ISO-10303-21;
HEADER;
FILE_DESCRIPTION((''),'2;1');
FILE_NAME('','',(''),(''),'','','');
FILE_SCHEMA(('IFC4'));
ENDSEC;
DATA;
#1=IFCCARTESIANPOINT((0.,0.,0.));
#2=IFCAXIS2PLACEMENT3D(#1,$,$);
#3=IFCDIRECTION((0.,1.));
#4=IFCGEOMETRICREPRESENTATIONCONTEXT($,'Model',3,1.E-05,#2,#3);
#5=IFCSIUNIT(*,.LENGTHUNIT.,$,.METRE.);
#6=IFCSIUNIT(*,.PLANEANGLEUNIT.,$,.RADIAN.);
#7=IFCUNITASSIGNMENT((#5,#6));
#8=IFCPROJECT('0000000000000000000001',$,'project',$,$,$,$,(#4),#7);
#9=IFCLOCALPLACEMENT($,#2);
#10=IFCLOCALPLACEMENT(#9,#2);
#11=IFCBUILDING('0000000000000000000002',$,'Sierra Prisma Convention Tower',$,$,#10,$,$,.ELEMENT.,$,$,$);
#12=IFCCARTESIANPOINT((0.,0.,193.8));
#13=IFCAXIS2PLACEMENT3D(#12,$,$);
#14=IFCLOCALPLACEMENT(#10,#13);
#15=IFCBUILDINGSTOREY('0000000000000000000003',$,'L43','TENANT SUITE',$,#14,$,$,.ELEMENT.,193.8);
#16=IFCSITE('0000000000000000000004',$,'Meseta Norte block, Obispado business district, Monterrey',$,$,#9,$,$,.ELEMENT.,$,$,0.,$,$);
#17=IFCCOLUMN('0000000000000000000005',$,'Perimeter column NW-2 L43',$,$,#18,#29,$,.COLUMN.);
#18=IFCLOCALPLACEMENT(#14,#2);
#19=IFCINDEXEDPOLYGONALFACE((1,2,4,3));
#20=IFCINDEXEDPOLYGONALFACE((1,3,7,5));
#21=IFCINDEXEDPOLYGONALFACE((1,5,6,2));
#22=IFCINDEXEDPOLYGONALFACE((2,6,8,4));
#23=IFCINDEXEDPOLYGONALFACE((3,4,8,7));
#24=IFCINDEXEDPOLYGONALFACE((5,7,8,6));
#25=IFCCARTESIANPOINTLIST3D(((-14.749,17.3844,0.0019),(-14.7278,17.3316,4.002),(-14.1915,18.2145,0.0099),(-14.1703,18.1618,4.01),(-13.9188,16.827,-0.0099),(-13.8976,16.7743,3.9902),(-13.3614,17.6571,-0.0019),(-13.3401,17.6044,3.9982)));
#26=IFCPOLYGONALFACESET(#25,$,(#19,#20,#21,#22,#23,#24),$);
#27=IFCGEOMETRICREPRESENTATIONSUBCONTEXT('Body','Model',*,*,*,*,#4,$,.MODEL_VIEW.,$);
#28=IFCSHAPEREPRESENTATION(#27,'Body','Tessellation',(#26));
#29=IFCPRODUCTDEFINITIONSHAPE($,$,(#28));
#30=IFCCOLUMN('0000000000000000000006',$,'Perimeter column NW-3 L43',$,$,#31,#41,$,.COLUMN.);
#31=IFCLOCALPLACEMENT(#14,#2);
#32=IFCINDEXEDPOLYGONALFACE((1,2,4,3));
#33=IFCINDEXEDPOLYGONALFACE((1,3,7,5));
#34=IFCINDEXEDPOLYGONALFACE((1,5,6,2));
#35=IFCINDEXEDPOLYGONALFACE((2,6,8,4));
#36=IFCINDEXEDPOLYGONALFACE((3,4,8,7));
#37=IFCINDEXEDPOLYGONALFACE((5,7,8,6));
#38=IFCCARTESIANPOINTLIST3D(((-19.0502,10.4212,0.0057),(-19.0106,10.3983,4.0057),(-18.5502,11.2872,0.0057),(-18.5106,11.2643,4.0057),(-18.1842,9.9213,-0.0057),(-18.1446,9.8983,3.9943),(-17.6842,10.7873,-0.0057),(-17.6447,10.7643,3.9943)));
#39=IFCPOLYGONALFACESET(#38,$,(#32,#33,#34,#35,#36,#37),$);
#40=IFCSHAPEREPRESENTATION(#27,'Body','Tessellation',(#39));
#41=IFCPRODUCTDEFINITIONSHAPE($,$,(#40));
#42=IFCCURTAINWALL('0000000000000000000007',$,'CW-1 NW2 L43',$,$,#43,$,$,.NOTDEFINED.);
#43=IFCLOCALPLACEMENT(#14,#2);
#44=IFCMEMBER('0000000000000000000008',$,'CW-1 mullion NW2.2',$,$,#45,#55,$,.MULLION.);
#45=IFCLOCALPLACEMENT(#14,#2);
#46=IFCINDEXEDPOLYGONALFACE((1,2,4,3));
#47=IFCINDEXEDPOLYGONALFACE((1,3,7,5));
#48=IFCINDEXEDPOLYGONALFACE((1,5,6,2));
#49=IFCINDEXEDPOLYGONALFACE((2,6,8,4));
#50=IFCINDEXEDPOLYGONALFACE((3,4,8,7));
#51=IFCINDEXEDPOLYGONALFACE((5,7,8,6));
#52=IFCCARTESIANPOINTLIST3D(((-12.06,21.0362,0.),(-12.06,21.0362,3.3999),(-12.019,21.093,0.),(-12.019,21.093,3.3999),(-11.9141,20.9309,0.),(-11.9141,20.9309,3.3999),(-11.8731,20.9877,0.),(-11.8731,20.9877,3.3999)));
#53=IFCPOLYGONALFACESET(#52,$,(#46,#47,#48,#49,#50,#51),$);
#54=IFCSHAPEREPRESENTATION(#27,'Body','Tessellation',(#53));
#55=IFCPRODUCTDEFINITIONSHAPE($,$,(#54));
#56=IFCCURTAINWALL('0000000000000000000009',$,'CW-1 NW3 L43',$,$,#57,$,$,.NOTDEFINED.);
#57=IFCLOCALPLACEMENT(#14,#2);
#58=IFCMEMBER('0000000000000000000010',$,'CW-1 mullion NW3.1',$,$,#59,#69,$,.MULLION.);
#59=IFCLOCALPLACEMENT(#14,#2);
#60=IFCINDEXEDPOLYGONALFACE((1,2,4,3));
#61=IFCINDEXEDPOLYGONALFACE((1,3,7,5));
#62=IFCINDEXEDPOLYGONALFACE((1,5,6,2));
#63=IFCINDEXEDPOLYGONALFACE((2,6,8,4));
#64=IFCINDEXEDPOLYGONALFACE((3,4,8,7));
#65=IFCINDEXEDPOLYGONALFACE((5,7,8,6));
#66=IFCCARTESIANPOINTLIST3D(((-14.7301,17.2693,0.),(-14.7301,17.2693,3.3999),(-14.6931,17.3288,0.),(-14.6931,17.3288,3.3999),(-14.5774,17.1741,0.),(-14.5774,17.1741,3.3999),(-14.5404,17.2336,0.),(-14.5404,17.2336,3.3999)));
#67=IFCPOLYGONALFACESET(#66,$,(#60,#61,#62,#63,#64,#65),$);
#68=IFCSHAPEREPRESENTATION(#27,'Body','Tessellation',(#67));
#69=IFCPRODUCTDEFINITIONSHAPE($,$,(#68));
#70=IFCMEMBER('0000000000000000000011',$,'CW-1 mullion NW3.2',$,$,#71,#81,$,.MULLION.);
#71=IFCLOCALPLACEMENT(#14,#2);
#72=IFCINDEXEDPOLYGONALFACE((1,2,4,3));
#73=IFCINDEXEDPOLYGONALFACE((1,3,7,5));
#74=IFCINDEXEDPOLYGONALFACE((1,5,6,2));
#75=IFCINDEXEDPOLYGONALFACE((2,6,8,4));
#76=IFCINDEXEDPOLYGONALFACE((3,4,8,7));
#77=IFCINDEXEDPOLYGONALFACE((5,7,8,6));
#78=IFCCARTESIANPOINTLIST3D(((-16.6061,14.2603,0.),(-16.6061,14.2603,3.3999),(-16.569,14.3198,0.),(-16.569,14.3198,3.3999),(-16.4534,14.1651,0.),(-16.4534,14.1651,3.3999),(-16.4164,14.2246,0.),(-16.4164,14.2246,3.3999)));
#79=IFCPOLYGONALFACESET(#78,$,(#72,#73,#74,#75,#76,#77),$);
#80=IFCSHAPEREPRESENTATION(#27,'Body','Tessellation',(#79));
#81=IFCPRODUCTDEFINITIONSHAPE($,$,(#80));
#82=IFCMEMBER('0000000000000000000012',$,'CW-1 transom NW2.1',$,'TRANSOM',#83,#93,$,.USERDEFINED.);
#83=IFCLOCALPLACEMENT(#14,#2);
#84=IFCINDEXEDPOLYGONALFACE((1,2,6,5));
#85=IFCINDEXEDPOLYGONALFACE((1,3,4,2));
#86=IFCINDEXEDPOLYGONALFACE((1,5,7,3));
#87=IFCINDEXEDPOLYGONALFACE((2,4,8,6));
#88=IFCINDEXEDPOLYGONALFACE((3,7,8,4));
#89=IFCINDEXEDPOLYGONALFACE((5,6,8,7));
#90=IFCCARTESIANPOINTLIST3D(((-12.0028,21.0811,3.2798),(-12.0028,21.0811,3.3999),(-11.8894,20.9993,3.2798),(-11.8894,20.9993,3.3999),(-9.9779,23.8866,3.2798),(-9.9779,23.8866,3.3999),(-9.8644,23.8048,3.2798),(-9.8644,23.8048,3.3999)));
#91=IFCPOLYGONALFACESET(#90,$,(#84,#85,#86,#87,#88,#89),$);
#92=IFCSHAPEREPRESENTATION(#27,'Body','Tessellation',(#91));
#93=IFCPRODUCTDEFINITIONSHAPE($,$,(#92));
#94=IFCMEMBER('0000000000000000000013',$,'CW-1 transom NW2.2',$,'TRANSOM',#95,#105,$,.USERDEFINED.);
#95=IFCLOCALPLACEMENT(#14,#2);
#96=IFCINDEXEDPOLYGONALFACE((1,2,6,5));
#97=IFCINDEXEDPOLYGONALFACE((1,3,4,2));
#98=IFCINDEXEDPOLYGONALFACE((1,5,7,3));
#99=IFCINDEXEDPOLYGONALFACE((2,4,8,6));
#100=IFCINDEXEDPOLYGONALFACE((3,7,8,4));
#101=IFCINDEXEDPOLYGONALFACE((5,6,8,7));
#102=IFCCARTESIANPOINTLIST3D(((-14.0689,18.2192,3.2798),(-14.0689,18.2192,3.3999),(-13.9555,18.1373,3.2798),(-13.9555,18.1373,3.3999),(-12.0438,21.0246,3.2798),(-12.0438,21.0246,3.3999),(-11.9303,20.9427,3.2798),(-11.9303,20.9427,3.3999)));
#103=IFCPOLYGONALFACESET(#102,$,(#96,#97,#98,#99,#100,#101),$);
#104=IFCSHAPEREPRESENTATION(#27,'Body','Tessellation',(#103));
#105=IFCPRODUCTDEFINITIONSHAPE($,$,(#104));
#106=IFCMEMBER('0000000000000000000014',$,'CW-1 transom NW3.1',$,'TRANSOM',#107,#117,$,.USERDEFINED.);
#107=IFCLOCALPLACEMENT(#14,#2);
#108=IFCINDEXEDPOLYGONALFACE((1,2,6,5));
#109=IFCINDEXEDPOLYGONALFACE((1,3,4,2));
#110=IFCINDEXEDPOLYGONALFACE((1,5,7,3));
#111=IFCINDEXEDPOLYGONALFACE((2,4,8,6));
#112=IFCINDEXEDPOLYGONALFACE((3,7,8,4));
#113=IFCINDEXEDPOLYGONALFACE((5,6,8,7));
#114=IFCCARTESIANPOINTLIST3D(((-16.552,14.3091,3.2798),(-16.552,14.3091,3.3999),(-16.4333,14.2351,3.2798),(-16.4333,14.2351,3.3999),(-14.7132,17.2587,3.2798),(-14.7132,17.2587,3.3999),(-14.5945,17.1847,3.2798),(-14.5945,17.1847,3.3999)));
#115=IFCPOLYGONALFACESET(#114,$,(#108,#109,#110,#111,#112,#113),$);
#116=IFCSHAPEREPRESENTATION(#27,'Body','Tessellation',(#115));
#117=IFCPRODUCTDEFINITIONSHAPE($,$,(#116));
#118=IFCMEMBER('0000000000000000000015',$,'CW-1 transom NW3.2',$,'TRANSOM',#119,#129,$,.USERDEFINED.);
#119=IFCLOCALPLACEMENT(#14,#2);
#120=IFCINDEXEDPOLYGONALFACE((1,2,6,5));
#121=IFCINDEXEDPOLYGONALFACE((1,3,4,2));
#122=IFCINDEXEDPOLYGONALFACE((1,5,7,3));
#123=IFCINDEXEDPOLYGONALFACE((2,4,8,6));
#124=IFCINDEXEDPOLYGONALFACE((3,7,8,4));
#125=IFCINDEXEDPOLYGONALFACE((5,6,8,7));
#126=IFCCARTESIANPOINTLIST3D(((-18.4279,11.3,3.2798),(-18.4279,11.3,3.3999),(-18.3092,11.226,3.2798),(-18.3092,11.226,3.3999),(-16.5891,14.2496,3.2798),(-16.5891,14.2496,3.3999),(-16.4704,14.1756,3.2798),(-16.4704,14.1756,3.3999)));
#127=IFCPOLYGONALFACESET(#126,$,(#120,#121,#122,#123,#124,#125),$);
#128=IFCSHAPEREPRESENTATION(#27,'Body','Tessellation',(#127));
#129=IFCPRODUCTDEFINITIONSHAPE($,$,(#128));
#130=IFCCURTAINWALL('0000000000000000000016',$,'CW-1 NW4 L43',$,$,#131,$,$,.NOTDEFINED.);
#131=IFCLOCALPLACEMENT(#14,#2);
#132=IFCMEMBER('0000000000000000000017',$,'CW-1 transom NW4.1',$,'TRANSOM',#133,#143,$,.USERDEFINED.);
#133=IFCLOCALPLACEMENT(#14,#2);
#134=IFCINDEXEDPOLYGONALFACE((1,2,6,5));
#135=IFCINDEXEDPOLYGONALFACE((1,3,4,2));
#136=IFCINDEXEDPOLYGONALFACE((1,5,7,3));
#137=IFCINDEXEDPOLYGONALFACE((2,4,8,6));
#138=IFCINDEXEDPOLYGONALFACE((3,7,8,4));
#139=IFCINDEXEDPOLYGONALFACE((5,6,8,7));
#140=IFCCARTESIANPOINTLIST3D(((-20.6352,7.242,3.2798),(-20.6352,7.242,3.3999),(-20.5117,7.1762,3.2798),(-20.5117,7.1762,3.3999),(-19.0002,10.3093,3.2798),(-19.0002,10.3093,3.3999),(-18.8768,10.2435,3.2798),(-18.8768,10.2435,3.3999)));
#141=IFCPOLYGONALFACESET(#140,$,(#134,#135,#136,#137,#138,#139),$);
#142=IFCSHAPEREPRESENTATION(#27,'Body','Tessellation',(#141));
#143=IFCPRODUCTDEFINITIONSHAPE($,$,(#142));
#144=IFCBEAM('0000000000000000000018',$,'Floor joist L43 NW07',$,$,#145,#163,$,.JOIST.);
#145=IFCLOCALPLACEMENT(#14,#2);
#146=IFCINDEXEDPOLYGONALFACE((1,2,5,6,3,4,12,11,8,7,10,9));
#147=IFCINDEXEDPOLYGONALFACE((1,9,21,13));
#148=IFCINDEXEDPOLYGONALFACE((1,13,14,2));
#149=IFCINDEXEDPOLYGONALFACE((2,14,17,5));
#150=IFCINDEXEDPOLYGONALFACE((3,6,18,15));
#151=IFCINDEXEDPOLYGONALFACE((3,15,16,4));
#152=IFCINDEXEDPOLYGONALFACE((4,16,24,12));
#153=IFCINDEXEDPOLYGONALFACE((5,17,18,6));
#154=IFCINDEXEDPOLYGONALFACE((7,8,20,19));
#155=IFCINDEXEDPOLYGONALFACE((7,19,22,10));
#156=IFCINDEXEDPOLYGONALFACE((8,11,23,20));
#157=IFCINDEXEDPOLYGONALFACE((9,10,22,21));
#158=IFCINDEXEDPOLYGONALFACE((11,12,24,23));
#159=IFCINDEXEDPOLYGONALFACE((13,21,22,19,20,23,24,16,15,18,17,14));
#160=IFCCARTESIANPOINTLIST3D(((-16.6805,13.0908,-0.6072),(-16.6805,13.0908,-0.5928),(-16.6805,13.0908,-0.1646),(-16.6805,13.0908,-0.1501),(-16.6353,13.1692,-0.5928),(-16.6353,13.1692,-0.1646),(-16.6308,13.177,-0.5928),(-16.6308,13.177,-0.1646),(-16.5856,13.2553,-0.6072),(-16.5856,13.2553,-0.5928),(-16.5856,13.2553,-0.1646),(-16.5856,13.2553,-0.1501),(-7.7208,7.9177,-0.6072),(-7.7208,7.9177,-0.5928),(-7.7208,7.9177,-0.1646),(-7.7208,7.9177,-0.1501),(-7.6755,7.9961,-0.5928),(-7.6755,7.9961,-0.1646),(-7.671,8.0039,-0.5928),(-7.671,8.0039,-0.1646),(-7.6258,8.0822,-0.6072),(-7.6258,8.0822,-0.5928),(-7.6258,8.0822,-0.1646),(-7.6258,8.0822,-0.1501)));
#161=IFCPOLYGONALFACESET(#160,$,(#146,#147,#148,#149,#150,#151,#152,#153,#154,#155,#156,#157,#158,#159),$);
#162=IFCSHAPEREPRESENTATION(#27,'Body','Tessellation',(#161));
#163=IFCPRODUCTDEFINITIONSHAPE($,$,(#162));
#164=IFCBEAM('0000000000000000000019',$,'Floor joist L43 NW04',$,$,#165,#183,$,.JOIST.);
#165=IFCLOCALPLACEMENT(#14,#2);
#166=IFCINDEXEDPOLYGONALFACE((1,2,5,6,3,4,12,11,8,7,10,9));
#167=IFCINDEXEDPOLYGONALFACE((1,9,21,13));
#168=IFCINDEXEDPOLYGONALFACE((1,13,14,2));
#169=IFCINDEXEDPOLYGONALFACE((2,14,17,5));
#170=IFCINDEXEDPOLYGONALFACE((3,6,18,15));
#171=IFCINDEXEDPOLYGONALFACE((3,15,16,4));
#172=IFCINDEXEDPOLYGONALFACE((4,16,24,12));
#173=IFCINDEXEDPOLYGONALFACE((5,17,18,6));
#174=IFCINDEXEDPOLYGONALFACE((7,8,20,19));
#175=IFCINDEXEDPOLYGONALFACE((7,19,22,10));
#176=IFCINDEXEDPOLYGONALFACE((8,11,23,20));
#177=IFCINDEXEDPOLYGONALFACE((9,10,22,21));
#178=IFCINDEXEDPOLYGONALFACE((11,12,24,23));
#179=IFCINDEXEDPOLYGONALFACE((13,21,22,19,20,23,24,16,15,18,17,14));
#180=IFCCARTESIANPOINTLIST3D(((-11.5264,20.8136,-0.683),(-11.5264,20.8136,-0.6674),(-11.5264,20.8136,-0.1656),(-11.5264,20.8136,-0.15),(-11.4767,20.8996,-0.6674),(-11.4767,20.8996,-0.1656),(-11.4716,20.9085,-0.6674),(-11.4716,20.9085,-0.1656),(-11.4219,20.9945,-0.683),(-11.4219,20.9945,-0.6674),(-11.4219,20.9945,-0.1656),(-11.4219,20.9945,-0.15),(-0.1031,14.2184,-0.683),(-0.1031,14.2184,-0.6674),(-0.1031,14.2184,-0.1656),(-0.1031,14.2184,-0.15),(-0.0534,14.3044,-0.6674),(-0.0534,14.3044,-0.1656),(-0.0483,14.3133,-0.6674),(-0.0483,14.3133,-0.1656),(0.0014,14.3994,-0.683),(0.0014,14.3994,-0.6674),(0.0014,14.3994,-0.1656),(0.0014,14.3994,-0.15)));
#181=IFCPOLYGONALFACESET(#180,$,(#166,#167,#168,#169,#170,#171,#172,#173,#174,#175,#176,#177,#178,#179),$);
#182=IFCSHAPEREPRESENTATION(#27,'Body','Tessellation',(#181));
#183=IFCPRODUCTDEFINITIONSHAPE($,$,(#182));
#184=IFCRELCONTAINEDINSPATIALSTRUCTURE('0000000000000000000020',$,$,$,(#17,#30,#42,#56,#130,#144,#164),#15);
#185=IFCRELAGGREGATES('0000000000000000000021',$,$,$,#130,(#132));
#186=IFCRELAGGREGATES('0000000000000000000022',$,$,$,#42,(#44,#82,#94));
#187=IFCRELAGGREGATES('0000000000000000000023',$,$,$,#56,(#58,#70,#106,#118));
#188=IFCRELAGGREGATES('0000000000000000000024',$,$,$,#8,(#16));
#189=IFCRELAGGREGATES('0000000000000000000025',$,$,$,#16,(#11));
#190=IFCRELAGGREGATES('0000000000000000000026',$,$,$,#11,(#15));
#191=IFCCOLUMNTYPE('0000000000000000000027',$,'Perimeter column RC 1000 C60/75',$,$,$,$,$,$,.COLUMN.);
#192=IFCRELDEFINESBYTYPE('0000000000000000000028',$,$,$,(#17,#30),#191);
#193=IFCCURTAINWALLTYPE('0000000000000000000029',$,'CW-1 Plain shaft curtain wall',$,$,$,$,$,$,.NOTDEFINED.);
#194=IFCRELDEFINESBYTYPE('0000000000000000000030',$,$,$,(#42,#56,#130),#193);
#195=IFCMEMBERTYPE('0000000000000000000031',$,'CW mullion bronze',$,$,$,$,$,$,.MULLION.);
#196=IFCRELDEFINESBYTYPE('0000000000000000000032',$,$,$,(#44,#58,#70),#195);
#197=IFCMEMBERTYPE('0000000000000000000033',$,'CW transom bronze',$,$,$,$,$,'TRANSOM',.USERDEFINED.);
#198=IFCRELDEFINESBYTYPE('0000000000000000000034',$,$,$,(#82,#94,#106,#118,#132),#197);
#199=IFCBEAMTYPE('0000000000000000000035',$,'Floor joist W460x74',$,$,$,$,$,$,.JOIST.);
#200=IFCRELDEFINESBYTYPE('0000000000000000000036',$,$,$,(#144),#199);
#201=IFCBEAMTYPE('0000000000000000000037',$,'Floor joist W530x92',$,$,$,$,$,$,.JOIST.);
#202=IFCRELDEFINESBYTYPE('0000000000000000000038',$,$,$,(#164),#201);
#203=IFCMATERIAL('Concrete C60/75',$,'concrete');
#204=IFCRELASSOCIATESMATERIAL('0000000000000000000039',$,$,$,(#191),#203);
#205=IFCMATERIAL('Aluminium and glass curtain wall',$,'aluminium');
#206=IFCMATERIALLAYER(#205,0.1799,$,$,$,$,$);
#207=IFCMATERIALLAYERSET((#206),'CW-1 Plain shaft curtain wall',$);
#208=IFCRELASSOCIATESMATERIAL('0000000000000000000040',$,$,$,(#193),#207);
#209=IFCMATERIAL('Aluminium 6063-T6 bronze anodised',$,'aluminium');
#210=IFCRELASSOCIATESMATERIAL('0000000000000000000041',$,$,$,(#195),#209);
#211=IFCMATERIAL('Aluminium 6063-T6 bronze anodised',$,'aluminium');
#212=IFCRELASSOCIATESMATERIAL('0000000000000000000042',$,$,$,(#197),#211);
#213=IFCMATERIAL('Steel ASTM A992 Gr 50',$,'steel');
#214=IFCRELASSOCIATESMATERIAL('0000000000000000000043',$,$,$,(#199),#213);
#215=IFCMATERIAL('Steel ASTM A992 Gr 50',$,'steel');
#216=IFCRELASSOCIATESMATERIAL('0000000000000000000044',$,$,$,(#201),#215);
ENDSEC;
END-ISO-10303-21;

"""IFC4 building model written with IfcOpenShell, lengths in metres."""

from ifc_helpers import new_model, si_unit, direction, frame, origin, origin_2d, place, context, subcontext, project, spatial, rectangle, i_section, extrude, material, layer, layer_set, material_profile, profile_set, type_object, element, aggregate, save


model = new_model("IFC4")

# Units and contexts
model_context = context("Model", 3, precision=1e-05, world=origin(), true_north=direction((0.0, 1.0)))
body_context = subcontext(model_context, "Body", "Model", "MODEL_VIEW")
ifc_project = project(units=[si_unit("LENGTHUNIT", "METRE"), si_unit("PLANEANGLEUNIT", "RADIAN")], contexts=[model_context])

# Site, building, storey
site_placement = place(None, origin())
site = spatial("IfcSite", under=ifc_project, at=site_placement, Name="Meseta Norte block, Obispado business district, Monterrey", CompositionType="ELEMENT", RefElevation=0.0)
building_placement = place(site_placement, origin())
building = spatial("IfcBuilding", under=site, at=building_placement, Name="Sierra Prisma Convention Tower", CompositionType="ELEMENT")
storey_placement = place(building_placement, frame((0.0, 0.0, 193.8)))
storey = spatial("IfcBuildingStorey", under=building, at=storey_placement, Name="L43", Description="TENANT SUITE", CompositionType="ELEMENT", Elevation=193.8)

# Columns
ifc_material_1 = material(Name="Concrete C60/75", Category="concrete")
ifc_material_profile_1 = material_profile(ifc_material_1, rectangle(XDim=1.0, YDim=1.0, at=origin_2d()), Name="Perimeter column RC 1000 C60/75")
ifc_profile_set_1 = profile_set([ifc_material_profile_1], Name="Concrete C60/75")
column_type = type_object("IfcColumnType", Name="Perimeter column RC 1000 C60/75", PredefinedType="COLUMN", material=ifc_profile_set_1)
column_1_placement = place(storey_placement, frame((-14.0552, 17.5208, 0.0), z_axis=(0.00531, -0.013182, 0.999899), x_axis=(0.557472, 0.830157, 0.007984)))
element("IfcColumn", 1, at=column_1_placement, inside=storey, type_object=column_type, Name="Perimeter column NW-2 L43", PredefinedType="COLUMN", context=body_context, shape_type="SweptSolid", body=[
    extrude(rectangle(XDim=1.0, YDim=1.0, at=origin_2d()), origin(), (0.0, 0.0, 1.0), 4.0005),
])
column_2_placement = place(storey_placement, frame((-18.3672, 10.6042, 0.0), z_axis=(0.009887, -0.005737, 0.999935), x_axis=(0.499976, 0.86604, 0.000025)))
element("IfcColumn", 2, at=column_2_placement, inside=storey, type_object=column_type, Name="Perimeter column NW-3 L43", PredefinedType="COLUMN", context=body_context, shape_type="SweptSolid", body=[
    extrude(rectangle(XDim=1.0, YDim=1.0, at=origin_2d()), origin(), (0.0, 0.0, 1.0), 4.0002),
])

# Curtain wall, member
ifc_material_2 = material(Name="Aluminium and glass curtain wall", Category="aluminium")
ifc_layer_1 = layer(ifc_material_2, 0.1799)
ifc_layer_set_1 = layer_set([ifc_layer_1], Name="CW-1 Plain shaft curtain wall")
curtain_wall_type = type_object("IfcCurtainWallType", Name="CW-1 Plain shaft curtain wall", PredefinedType="NOTDEFINED", material=ifc_layer_set_1)
curtain_wall_1_placement = place(storey_placement, origin())
curtain_wall_1 = element("IfcCurtainWall", 3, at=curtain_wall_1_placement, inside=storey, type_object=curtain_wall_type, Name="CW-1 NW2 L43", PredefinedType="NOTDEFINED")
ifc_material_3 = material(Name="Aluminium 6063-T6 bronze anodised", Category="aluminium")
ifc_material_profile_2 = material_profile(ifc_material_3, rectangle(XDim=0.1799, YDim=0.0701, at=origin_2d()), Name="ALU MULLION 70x180")
ifc_profile_set_2 = profile_set([ifc_material_profile_2], Name="Aluminium 6063-T6 bronze anodised")
member_type_1 = type_object("IfcMemberType", Name="CW mullion bronze", PredefinedType="MULLION", material=ifc_profile_set_2)
member_1_placement = place(storey_placement, frame((-11.9666, 21.012, 0.0), z_axis=(0.0, 0.0, 1.0), x_axis=(0.810833, -0.585277, 0.0)))
member_1 = element("IfcMember", 4, at=member_1_placement, type_object=member_type_1, Name="CW-1 mullion NW2.2", PredefinedType="MULLION", context=body_context, shape_type="SweptSolid", body=[
    extrude(rectangle(XDim=0.1799, YDim=0.0701, at=origin_2d()), origin(), (0.0, 0.0, 1.0), 3.3999),
])

# Curtain wall, members
curtain_wall_2_placement = place(storey_placement, origin())
curtain_wall_2 = element("IfcCurtainWall", 5, at=curtain_wall_2_placement, inside=storey, type_object=curtain_wall_type, Name="CW-1 NW3 L43", PredefinedType="NOTDEFINED")
member_2_placement = place(storey_placement, frame((-14.6353, 17.2515, 0.0), z_axis=(0.0, 0.0, 1.0), x_axis=(0.848595, -0.529044, 0.0)))
member_2 = element("IfcMember", 6, at=member_2_placement, type_object=member_type_1, Name="CW-1 mullion NW3.1", PredefinedType="MULLION", context=body_context, shape_type="SweptSolid", body=[
    extrude(rectangle(XDim=0.1799, YDim=0.0701, at=origin_2d()), origin(), (0.0, 0.0, 1.0), 3.3999),
])
member_3_placement = place(storey_placement, frame((-16.5112, 14.2424, 0.0), z_axis=(0.0, 0.0, 1.0), x_axis=(0.848595, -0.529044, 0.0)))
member_3 = element("IfcMember", 7, at=member_3_placement, type_object=member_type_1, Name="CW-1 mullion NW3.2", PredefinedType="MULLION", context=body_context, shape_type="SweptSolid", body=[
    extrude(rectangle(XDim=0.1799, YDim=0.0701, at=origin_2d()), origin(), (0.0, 0.0, 1.0), 3.3999),
])

# Members
ifc_material_4 = material(Name="Aluminium 6063-T6 bronze anodised", Category="aluminium")
ifc_material_profile_3 = material_profile(ifc_material_4, rectangle(XDim=0.1399, YDim=0.1201, at=origin_2d()), Name="ALU TRANSOM 120x140")
ifc_profile_set_3 = profile_set([ifc_material_profile_3], Name="Aluminium 6063-T6 bronze anodised")
member_type_2 = type_object("IfcMemberType", Name="CW transom bronze", ElementType="TRANSOM", PredefinedType="USERDEFINED", material=ifc_profile_set_3)
member_4_placement = place(storey_placement, frame((-9.9211, 23.8457, 3.3398), z_axis=(-0.585256, -0.810849, 0.0), x_axis=(0.810849, -0.585256, 0.0)))
member_4 = element("IfcMember", 8, at=member_4_placement, type_object=member_type_2, Name="CW-1 transom NW2.1", ObjectType="TRANSOM", PredefinedType="USERDEFINED", context=body_context, shape_type="SweptSolid", body=[
    extrude(rectangle(XDim=0.1399, YDim=0.1201, at=origin_2d()), origin(), (0.0, 0.0, 1.0), 3.46),
])
member_5_placement = place(storey_placement, frame((-11.9871, 20.9836, 3.3398), z_axis=(-0.585302, -0.810815, 0.0), x_axis=(0.810815, -0.585302, 0.0)))
member_5 = element("IfcMember", 9, at=member_5_placement, type_object=member_type_2, Name="CW-1 transom NW2.2", ObjectType="TRANSOM", PredefinedType="USERDEFINED", context=body_context, shape_type="SweptSolid", body=[
    extrude(rectangle(XDim=0.1399, YDim=0.1201, at=origin_2d()), origin(), (0.0, 0.0, 1.0), 3.46),
])
member_6_placement = place(storey_placement, frame((-14.6538, 17.2217, 3.3398), z_axis=(-0.529026, -0.848605, 0.0), x_axis=(0.848605, -0.529026, 0.0)))
member_6 = element("IfcMember", 10, at=member_6_placement, type_object=member_type_2, Name="CW-1 transom NW3.1", ObjectType="TRANSOM", PredefinedType="USERDEFINED", context=body_context, shape_type="SweptSolid", body=[
    extrude(rectangle(XDim=0.1399, YDim=0.1201, at=origin_2d()), origin(), (0.0, 0.0, 1.0), 3.4758),
])
member_7_placement = place(storey_placement, frame((-16.5298, 14.2126, 3.3398), z_axis=(-0.529026, -0.848605, 0.0), x_axis=(0.848605, -0.529026, 0.0)))
member_7 = element("IfcMember", 11, at=member_7_placement, type_object=member_type_2, Name="CW-1 transom NW3.2", ObjectType="TRANSOM", PredefinedType="USERDEFINED", context=body_context, shape_type="SweptSolid", body=[
    extrude(rectangle(XDim=0.1399, YDim=0.1201, at=origin_2d()), origin(), (0.0, 0.0, 1.0), 3.4758),
])

# Curtain wall, member
curtain_wall_3_placement = place(storey_placement, origin())
curtain_wall_3 = element("IfcCurtainWall", 12, at=curtain_wall_3_placement, inside=storey, type_object=curtain_wall_type, Name="CW-1 NW4 L43", PredefinedType="NOTDEFINED")
member_8_placement = place(storey_placement, frame((-18.9385, 10.2764, 3.3398), z_axis=(-0.47038, -0.882464, 0.0), x_axis=(0.882464, -0.47038, 0.0)))
member_8 = element("IfcMember", 13, at=member_8_placement, type_object=member_type_2, Name="CW-1 transom NW4.1", ObjectType="TRANSOM", PredefinedType="USERDEFINED", context=body_context, shape_type="SweptSolid", body=[
    extrude(rectangle(XDim=0.1399, YDim=0.1201, at=origin_2d()), origin(), (0.0, 0.0, 1.0), 3.4758),
])
aggregate(curtain_wall_3, [member_8])

# Beams
ifc_material_5 = material(Name="Steel ASTM A992 Gr 50", Category="steel")
ifc_material_profile_4 = material_profile(ifc_material_5, i_section(OverallWidth=0.1899, OverallDepth=0.457, WebThickness=0.009, FlangeThickness=0.0144, at=origin_2d()), Name="W460x74")
ifc_profile_set_4 = profile_set([ifc_material_profile_4], Name="Steel ASTM A992 Gr 50")
beam_type_1 = type_object("IfcBeamType", Name="Floor joist W460x74", PredefinedType="JOIST", material=ifc_profile_set_4)
beam_1_placement = place(storey_placement, frame((-16.6331, 13.1731, -0.3787), z_axis=(0.866017, -0.500015, 0.0), x_axis=(0.500015, 0.866017, 0.0)))
element("IfcBeam", 14, at=beam_1_placement, inside=storey, type_object=beam_type_1, Name="Floor joist L43 NW07", PredefinedType="JOIST", context=body_context, shape_type="SweptSolid", body=[
    extrude(i_section(OverallWidth=0.1899, OverallDepth=0.457, WebThickness=0.009, FlangeThickness=0.0144, at=origin_2d()), origin(), (0.0, 0.0, 1.0), 10.3459),
])
ifc_material_6 = material(Name="Steel ASTM A992 Gr 50", Category="steel")
ifc_material_profile_5 = material_profile(ifc_material_6, i_section(OverallWidth=0.209, OverallDepth=0.533, WebThickness=0.0103, FlangeThickness=0.0156, at=origin_2d()), Name="W530x92")
ifc_profile_set_5 = profile_set([ifc_material_profile_5], Name="Steel ASTM A992 Gr 50")
beam_type_2 = type_object("IfcBeamType", Name="Floor joist W530x92", PredefinedType="JOIST", material=ifc_profile_set_5)
beam_2_placement = place(storey_placement, frame((-11.4741, 20.9041, -0.4165), z_axis=(0.866027, -0.499997, 0.0), x_axis=(0.499997, 0.866027, 0.0)))
element("IfcBeam", 15, at=beam_2_placement, inside=storey, type_object=beam_type_2, Name="Floor joist L43 NW04", PredefinedType="JOIST", context=body_context, shape_type="SweptSolid", body=[
    extrude(i_section(OverallWidth=0.209, OverallDepth=0.533, WebThickness=0.0103, FlangeThickness=0.0156, at=origin_2d()), origin(), (0.0, 0.0, 1.0), 13.1904),
])

aggregate(curtain_wall_1, [member_1, member_4, member_5])
aggregate(curtain_wall_2, [member_2, member_3, member_6, member_7])

save(model, "model.ifc")
